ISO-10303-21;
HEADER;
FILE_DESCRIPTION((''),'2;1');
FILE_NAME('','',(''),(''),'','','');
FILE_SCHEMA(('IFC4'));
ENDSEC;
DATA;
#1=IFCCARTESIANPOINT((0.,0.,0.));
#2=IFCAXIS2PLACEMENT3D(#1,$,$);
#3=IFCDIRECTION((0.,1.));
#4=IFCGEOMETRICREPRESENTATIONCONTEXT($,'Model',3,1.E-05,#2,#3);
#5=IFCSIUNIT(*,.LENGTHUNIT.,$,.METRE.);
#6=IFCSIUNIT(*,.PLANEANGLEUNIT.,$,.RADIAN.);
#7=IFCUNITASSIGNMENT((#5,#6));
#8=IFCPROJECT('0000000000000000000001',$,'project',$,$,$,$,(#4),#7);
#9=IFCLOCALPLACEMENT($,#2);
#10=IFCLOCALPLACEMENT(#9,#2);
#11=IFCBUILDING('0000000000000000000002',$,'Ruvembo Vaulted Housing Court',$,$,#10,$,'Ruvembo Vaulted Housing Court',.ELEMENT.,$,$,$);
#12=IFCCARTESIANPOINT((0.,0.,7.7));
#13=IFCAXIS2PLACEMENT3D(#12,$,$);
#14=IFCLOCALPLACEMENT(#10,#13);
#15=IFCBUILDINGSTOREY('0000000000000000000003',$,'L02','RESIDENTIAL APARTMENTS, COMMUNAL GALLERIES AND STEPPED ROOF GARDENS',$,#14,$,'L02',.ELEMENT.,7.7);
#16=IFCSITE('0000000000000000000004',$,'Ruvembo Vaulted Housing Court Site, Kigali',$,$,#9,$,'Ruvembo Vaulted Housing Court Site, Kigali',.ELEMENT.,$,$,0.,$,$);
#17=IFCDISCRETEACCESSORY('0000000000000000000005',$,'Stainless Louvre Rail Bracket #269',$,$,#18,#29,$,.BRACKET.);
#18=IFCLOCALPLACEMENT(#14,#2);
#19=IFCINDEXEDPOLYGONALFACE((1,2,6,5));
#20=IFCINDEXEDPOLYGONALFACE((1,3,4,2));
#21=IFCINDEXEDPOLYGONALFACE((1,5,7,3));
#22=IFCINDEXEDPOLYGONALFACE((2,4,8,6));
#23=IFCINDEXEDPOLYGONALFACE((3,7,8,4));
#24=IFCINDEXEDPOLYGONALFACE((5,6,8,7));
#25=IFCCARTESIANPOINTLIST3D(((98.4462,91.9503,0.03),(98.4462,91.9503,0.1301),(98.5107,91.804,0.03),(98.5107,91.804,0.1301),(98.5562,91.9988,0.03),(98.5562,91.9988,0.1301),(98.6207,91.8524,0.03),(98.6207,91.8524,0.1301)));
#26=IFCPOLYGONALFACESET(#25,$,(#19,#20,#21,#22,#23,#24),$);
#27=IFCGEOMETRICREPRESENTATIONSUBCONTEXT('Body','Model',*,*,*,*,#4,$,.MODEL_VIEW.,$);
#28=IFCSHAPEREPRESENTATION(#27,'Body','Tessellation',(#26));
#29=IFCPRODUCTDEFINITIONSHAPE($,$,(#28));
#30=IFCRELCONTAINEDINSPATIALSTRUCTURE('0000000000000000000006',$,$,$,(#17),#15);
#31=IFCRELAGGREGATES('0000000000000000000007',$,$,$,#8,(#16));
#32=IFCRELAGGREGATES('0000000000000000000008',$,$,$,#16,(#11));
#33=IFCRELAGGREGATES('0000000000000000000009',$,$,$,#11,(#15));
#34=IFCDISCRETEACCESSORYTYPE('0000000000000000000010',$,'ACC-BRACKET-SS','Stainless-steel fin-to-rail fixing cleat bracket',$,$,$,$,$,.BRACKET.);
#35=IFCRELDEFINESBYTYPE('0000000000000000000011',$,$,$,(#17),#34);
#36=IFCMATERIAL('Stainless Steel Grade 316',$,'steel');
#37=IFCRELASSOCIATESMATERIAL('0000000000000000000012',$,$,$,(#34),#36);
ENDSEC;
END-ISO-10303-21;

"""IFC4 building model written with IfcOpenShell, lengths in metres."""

from ifc_helpers import new_model, si_unit, direction, frame, origin, origin_2d, place, context, subcontext, project, spatial, rectangle, extrude, material, type_object, element, save


model = new_model("IFC4")

# Units and contexts
model_context = context("Model", 3, precision=1e-05, world=origin(), true_north=direction((0.0, 1.0)))
body_context = subcontext(model_context, "Body", "Model", "MODEL_VIEW")
ifc_project = project(units=[si_unit("LENGTHUNIT", "METRE"), si_unit("PLANEANGLEUNIT", "RADIAN")], contexts=[model_context])

# Site, building, storey
site_placement = place(None, origin())
site = spatial("IfcSite", under=ifc_project, at=site_placement, Name="Ruvembo Vaulted Housing Court Site, Kigali", LongName="Ruvembo Vaulted Housing Court Site, Kigali", CompositionType="ELEMENT", RefElevation=0.0)
building_placement = place(site_placement, origin())
building = spatial("IfcBuilding", under=site, at=building_placement, Name="Ruvembo Vaulted Housing Court", LongName="Ruvembo Vaulted Housing Court", CompositionType="ELEMENT")
storey_placement = place(building_placement, frame((0.0, 0.0, 7.7)))
storey = spatial("IfcBuildingStorey", under=building, at=storey_placement, Name="L02", Description="RESIDENTIAL APARTMENTS, COMMUNAL GALLERIES AND STEPPED ROOF GARDENS", LongName="L02", CompositionType="ELEMENT", Elevation=7.7)

# Discrete accessory
ifc_material_1 = material(Name="Stainless Steel Grade 316", Category="steel")
discrete_accessory_type = type_object("IfcDiscreteAccessoryType", Name="ACC-BRACKET-SS", Description="Stainless-steel fin-to-rail fixing cleat bracket", PredefinedType="BRACKET", material=ifc_material_1)
for number, where, z_axis, x_axis, name in (
    (1, (98.5334, 91.9014, 0.03), (0.0, 0.0, 1.0), (0.403306, -0.915065, 0.0), "Stainless Louvre Rail Bracket #269"),
):
    element("IfcDiscreteAccessory", number, at=place(storey_placement, frame(where, z_axis=z_axis, x_axis=x_axis)), inside=storey, type_object=discrete_accessory_type, Name=name, PredefinedType="BRACKET", context=body_context, shape_type="SweptSolid", body=[
        extrude(rectangle(XDim=0.1599, YDim=0.1201, at=origin_2d()), origin(), (0.0, 0.0, 1.0), 0.1001),
    ])

save(model, "model.ifc")
